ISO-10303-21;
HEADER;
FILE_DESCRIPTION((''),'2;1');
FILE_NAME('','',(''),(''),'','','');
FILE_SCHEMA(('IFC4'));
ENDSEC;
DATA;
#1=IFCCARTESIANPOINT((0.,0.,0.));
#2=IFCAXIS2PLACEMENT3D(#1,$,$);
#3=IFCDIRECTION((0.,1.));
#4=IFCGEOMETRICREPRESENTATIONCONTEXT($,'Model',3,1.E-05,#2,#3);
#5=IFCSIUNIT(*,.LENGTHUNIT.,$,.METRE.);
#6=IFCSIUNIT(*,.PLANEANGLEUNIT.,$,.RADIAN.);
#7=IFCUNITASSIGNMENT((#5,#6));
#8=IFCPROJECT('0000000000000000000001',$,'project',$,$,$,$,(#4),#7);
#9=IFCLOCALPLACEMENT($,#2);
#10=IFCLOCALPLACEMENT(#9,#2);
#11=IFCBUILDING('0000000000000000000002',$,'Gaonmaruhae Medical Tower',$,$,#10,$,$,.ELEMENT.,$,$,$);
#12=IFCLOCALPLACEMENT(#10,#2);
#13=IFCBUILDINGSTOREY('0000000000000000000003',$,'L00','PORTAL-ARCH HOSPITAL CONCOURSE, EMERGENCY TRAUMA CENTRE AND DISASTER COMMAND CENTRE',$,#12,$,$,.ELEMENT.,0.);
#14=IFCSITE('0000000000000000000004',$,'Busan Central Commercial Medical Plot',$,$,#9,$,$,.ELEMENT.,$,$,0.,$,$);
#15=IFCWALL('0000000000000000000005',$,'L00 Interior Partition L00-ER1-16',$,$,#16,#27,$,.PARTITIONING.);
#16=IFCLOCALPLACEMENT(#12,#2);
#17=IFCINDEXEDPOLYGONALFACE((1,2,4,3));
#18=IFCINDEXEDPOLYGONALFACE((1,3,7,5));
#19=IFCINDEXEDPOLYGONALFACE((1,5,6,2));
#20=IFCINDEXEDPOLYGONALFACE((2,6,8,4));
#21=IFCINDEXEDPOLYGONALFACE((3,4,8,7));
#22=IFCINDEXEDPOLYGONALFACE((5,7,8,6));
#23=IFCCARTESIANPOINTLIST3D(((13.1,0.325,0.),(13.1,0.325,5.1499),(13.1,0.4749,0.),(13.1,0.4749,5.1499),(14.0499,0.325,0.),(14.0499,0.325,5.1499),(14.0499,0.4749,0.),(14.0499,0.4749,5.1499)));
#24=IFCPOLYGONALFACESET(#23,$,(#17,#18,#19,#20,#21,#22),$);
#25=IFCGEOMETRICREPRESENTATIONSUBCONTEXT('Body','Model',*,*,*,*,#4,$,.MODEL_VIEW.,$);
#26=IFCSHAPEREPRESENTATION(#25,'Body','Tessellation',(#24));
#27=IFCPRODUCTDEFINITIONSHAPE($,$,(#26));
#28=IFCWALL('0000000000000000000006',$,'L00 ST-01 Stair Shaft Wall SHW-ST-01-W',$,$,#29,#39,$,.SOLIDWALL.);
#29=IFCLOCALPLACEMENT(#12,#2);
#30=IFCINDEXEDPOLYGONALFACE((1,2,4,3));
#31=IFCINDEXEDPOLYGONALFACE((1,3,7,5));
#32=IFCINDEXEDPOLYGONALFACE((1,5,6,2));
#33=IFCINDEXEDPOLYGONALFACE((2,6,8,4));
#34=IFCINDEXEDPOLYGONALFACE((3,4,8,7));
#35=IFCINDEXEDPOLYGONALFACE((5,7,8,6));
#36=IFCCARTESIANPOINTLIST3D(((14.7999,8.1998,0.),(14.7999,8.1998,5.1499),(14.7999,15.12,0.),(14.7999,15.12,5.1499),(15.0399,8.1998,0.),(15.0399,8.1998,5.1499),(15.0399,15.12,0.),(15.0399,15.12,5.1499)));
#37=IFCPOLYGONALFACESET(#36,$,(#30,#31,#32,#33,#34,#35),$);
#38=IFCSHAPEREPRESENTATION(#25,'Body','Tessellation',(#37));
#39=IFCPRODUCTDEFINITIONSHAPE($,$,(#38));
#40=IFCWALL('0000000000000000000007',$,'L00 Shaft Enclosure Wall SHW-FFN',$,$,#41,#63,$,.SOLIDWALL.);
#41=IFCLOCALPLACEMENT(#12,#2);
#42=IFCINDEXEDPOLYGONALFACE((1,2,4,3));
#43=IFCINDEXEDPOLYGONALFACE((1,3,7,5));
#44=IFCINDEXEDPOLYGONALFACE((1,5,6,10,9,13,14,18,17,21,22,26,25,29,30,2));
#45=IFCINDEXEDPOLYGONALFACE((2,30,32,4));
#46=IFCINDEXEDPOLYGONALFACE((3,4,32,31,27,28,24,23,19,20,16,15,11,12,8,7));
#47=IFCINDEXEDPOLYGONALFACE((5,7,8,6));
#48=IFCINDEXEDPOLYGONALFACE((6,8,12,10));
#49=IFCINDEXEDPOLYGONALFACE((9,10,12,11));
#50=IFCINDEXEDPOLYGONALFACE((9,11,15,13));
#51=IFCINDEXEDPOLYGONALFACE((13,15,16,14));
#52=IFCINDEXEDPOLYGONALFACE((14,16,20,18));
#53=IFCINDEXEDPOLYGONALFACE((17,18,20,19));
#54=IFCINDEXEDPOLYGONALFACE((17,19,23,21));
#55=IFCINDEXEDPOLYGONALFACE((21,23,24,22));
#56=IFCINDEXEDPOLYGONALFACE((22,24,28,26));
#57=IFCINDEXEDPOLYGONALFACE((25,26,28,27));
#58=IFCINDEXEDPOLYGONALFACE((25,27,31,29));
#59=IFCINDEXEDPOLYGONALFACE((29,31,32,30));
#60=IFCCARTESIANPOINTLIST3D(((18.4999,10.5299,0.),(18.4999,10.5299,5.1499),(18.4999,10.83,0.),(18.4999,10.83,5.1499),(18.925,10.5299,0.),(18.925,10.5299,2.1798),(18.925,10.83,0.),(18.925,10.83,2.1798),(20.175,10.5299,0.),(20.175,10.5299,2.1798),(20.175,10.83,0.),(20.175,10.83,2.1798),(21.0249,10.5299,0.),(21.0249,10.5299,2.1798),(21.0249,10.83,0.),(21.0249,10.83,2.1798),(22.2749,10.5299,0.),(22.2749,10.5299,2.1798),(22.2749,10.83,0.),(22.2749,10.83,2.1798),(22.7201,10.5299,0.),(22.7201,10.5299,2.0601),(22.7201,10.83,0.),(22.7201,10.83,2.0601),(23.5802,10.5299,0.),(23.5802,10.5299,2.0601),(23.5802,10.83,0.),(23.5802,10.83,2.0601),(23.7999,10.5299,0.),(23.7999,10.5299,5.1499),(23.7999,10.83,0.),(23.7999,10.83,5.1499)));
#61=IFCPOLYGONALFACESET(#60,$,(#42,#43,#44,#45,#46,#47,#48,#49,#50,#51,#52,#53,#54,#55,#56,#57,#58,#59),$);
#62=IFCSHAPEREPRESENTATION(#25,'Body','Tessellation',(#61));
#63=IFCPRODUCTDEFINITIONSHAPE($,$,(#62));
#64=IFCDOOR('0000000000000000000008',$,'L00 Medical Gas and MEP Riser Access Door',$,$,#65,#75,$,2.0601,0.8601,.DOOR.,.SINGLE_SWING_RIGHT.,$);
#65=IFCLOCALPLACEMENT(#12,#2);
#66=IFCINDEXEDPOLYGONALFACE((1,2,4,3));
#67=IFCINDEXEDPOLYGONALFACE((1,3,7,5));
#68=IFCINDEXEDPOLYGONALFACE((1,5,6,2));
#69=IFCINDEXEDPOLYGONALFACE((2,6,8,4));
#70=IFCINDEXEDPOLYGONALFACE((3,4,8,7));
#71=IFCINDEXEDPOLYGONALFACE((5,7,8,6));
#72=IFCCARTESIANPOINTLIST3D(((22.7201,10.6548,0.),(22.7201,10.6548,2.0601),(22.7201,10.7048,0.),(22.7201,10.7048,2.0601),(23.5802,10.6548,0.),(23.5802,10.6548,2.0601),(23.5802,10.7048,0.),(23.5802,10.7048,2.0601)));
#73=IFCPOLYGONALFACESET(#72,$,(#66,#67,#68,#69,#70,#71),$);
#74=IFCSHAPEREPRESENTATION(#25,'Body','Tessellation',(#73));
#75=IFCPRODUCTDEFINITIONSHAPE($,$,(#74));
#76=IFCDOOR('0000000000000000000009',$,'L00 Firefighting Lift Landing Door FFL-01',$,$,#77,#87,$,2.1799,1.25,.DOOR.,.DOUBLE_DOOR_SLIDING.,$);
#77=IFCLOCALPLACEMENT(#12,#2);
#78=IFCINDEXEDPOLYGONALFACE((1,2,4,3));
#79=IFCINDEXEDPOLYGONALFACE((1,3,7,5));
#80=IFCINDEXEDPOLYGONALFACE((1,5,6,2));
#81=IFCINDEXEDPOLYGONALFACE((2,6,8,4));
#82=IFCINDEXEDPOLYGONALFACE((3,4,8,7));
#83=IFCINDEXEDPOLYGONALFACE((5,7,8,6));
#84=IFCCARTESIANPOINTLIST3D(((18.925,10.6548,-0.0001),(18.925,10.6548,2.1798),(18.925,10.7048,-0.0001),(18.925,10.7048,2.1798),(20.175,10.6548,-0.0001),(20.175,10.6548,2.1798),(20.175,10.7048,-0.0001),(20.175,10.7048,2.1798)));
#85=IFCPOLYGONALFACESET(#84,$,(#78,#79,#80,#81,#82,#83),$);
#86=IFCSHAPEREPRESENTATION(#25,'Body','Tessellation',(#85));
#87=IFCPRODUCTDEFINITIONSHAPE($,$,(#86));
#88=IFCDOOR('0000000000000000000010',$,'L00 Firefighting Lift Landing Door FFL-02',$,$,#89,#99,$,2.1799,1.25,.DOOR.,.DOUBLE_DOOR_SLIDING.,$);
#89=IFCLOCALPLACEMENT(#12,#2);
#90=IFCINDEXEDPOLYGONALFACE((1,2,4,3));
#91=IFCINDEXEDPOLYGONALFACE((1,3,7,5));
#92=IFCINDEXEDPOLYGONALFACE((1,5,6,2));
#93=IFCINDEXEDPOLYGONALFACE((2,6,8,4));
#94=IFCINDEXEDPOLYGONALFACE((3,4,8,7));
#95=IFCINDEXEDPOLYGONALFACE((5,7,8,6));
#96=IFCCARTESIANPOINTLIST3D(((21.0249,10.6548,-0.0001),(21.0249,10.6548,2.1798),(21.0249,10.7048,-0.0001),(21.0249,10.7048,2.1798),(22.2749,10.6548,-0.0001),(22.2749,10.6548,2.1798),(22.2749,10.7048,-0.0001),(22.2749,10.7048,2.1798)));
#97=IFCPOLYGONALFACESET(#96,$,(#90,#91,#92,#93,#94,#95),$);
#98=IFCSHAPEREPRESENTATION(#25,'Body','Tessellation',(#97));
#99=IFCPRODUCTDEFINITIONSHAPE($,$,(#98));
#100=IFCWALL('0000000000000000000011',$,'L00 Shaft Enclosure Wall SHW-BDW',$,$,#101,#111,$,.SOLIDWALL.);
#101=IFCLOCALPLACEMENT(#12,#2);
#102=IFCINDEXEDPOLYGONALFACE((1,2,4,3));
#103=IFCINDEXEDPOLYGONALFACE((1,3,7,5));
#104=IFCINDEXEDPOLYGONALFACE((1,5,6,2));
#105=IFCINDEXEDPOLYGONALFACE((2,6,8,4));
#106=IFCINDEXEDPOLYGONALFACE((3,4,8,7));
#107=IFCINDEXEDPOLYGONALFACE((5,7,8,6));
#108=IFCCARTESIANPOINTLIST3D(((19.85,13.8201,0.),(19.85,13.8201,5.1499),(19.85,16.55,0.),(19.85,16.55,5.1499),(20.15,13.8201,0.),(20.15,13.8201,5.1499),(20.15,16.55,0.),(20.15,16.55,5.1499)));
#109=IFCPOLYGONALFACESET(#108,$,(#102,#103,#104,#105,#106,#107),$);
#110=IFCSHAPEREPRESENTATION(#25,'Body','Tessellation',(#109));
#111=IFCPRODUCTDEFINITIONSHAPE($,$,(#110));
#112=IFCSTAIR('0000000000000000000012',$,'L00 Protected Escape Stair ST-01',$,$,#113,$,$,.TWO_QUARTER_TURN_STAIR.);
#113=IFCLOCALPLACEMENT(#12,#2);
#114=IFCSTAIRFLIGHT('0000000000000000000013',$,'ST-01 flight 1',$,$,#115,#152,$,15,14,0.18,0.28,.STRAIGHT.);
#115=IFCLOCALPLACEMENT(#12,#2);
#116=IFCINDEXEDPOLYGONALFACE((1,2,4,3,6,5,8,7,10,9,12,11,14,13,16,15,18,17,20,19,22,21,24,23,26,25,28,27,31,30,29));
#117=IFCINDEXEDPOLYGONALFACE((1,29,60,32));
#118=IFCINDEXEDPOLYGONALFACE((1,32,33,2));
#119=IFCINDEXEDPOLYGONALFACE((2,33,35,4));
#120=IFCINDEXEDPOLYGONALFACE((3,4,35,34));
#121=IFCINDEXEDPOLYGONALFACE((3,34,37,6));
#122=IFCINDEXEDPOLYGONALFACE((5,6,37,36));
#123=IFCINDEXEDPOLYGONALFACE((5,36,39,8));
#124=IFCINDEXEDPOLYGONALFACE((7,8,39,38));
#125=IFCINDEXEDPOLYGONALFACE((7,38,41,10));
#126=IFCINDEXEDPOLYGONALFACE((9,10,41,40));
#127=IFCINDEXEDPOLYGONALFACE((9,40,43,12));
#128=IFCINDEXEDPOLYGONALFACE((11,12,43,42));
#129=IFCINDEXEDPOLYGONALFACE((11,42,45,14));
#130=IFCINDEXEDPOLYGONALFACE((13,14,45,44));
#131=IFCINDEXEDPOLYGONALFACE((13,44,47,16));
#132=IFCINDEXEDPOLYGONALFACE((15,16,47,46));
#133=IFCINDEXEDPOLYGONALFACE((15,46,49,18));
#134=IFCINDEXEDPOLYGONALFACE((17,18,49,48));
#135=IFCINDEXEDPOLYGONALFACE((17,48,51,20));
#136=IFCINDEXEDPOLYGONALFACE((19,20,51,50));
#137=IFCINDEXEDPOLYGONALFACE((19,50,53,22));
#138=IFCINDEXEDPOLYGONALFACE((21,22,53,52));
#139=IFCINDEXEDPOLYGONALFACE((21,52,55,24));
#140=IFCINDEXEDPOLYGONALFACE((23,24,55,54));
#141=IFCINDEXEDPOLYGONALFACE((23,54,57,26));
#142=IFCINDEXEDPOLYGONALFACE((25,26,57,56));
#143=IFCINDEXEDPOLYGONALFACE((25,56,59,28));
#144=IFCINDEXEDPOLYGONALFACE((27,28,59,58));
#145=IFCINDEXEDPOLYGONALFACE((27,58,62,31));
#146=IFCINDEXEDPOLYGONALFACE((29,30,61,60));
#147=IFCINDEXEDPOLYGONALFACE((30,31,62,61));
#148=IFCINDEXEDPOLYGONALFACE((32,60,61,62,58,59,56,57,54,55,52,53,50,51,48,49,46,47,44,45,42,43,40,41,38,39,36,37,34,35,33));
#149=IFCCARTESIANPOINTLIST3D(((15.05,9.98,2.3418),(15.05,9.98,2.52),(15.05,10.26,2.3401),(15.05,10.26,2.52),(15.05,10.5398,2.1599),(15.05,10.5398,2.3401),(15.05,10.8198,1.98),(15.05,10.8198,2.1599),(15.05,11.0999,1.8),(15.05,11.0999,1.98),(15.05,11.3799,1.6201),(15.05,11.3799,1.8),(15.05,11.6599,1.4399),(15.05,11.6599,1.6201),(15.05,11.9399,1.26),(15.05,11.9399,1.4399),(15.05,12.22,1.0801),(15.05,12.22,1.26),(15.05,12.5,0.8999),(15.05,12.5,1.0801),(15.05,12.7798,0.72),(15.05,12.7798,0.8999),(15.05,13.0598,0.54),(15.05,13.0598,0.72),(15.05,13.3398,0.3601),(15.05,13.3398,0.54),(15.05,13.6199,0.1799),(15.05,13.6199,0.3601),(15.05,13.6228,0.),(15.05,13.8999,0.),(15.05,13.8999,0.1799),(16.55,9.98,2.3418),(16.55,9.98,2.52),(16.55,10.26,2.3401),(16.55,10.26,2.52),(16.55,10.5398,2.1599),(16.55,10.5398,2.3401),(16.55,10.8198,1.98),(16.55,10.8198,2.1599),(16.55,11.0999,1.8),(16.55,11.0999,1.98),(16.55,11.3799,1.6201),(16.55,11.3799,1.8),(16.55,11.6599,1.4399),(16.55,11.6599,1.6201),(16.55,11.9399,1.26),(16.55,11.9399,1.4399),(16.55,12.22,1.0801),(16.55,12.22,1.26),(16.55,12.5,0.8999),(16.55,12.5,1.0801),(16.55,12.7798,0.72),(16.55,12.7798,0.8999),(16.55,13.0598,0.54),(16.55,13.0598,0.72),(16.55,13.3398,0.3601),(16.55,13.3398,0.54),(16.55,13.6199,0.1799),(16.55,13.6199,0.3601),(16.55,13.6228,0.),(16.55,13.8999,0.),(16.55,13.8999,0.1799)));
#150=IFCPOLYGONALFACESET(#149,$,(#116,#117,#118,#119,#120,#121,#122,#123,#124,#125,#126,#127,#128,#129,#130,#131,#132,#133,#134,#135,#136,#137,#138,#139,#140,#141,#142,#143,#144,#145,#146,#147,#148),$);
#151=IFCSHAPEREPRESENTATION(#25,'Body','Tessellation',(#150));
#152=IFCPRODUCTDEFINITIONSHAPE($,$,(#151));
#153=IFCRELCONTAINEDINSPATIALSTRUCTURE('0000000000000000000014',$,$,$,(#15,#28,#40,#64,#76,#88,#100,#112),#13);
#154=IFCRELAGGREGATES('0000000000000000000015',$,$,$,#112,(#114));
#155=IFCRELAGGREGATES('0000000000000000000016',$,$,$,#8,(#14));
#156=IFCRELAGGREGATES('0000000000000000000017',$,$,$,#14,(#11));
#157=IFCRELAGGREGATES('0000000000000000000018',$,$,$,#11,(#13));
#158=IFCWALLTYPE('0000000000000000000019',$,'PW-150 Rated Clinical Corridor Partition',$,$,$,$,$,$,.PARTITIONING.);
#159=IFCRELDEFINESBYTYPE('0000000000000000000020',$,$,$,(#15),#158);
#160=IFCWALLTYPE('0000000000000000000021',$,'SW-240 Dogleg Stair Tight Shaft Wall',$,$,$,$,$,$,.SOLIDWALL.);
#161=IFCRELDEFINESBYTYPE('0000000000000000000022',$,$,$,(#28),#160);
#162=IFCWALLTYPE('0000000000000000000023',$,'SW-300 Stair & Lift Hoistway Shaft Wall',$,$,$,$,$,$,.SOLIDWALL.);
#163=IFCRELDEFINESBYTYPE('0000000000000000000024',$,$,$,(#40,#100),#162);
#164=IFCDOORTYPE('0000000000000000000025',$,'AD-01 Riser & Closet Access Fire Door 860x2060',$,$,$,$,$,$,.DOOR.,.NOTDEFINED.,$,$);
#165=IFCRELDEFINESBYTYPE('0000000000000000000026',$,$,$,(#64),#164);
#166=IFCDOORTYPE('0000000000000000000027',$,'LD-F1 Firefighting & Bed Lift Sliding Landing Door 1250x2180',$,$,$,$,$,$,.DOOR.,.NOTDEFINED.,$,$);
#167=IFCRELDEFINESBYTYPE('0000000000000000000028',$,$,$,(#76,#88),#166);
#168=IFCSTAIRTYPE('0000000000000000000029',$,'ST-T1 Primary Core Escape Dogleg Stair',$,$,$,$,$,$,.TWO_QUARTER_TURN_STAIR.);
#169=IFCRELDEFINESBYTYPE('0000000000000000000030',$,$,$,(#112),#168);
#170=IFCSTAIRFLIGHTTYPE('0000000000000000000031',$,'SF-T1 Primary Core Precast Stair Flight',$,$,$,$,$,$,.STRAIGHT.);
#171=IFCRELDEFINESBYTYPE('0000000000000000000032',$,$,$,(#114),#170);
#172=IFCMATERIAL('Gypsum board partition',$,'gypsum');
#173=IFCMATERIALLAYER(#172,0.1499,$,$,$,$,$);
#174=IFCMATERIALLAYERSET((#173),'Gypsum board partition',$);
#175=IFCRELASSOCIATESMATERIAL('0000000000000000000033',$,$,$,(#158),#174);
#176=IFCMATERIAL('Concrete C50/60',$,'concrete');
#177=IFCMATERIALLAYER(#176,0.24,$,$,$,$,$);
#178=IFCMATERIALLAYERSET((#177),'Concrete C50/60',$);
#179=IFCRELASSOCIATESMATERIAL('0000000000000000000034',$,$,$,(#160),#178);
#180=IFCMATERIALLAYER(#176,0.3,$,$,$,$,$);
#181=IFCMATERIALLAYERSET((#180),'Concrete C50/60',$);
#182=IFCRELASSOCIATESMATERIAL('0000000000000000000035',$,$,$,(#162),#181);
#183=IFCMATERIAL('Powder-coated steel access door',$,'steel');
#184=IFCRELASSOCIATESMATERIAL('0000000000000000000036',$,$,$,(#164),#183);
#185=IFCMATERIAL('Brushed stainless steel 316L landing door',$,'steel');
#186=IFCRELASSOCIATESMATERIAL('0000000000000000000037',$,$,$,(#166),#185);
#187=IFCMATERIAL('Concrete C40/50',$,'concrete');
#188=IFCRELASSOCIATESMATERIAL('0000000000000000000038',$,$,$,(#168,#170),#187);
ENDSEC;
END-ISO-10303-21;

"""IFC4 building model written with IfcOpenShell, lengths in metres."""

from ifc_helpers import new_model, si_unit, direction, frame, frame_2d, origin, place, context, subcontext, project, spatial, polyline, rectangle, outline, extrude, material, layer, layer_set, type_object, element, fill, aggregate, save


model = new_model("IFC4")

# Units and contexts
model_context = context("Model", 3, precision=1e-05, world=origin(), true_north=direction((0.0, 1.0)))
body_context = subcontext(model_context, "Body", "Model", "MODEL_VIEW")
ifc_project = project(units=[si_unit("LENGTHUNIT", "METRE"), si_unit("PLANEANGLEUNIT", "RADIAN")], contexts=[model_context])

# Site, building, storey
site_placement = place(None, origin())
site = spatial("IfcSite", under=ifc_project, at=site_placement, Name="Busan Central Commercial Medical Plot", CompositionType="ELEMENT", RefElevation=0.0)
building_placement = place(site_placement, origin())
building = spatial("IfcBuilding", under=site, at=building_placement, Name="Gaonmaruhae Medical Tower", CompositionType="ELEMENT")
storey_placement = place(building_placement, origin())
storey = spatial("IfcBuildingStorey", under=building, at=storey_placement, Name="L00", Description="PORTAL-ARCH HOSPITAL CONCOURSE, EMERGENCY TRAUMA CENTRE AND DISASTER COMMAND CENTRE", CompositionType="ELEMENT", Elevation=0.0)

# Shared definitions
ifc_material_1 = material(Name="Concrete C50/60", Category="concrete")

# Shared definitions
ifc_material_2 = material(Name="Gypsum board partition", Category="gypsum")
ifc_layer_1 = layer(ifc_material_2, 0.1499)
ifc_layer_set_1 = layer_set([ifc_layer_1], Name="Gypsum board partition")
wall_type_1 = type_object("IfcWallType", Name="PW-150 Rated Clinical Corridor Partition", PredefinedType="PARTITIONING", material=ifc_layer_set_1)

# Walls
wall_1_placement = place(storey_placement, frame((14.05, 0.3999, 0.0), z_axis=(0.0, 0.0, 1.0), x_axis=(-1.0, 0.0, 0.0)))
element("IfcWall", 1, at=wall_1_placement, inside=storey, type_object=wall_type_1, Name="L00 Interior Partition L00-ER1-16", PredefinedType="PARTITIONING", context=body_context, shape_type="SweptSolid", body=[
    extrude(rectangle(XDim=0.95, YDim=0.1499, at=frame_2d((0.4751, 0.0))), origin(), (0.0, 0.0, 1.0), 5.1499),
])
ifc_layer_2 = layer(ifc_material_1, 0.24)
ifc_layer_set_2 = layer_set([ifc_layer_2], Name="Concrete C50/60")
wall_type_2 = type_object("IfcWallType", Name="SW-240 Dogleg Stair Tight Shaft Wall", PredefinedType="SOLIDWALL", material=ifc_layer_set_2)
wall_2_placement = place(storey_placement, frame((14.9199, 8.2, 0.0), z_axis=(0.0, 0.0, 1.0), x_axis=(0.0, 1.0, 0.0)))
element("IfcWall", 2, at=wall_2_placement, inside=storey, type_object=wall_type_2, Name="L00 ST-01 Stair Shaft Wall SHW-ST-01-W", PredefinedType="SOLIDWALL", context=body_context, shape_type="SweptSolid", body=[
    extrude(rectangle(XDim=6.9202, YDim=0.24, at=frame_2d((3.46, 0.0))), origin(), (0.0, 0.0, 1.0), 5.1499),
])

# Wall, openings, doors
ifc_layer_3 = layer(ifc_material_1, 0.3)
ifc_layer_set_3 = layer_set([ifc_layer_3], Name="Concrete C50/60")
wall_type_3 = type_object("IfcWallType", Name="SW-300 Stair & Lift Hoistway Shaft Wall", PredefinedType="SOLIDWALL", material=ifc_layer_set_3)
wall_3_placement = place(storey_placement, frame((18.5, 10.6799, 0.0), z_axis=(0.0, 0.0, 1.0), x_axis=(1.0, 0.0, 0.0)))
wall_3 = element("IfcWall", 3, at=wall_3_placement, inside=storey, type_object=wall_type_3, Name="L00 Shaft Enclosure Wall SHW-FFN", PredefinedType="SOLIDWALL", context=body_context, shape_type="SweptSolid", body=[
    extrude(rectangle(XDim=5.3, YDim=0.3, at=frame_2d((2.6499, 0.0))), origin(), (0.0, 0.0, 1.0), 5.1499),
])
opening_1_placement = place(wall_3_placement, frame((4.22, 0.0, 0.0)))
opening_1 = element("IfcOpeningElement", 4, at=opening_1_placement, cuts=wall_3, PredefinedType="OPENING", context=body_context, shape_type="SweptSolid", body=[
    extrude(rectangle(XDim=0.8601, YDim=2.0601, at=frame_2d((0.4302, 1.03))), frame((0.0, 0.1602, 0.0), z_axis=(0.0, -1.0, 0.0), x_axis=(1.0, 0.0, 0.0)), (0.0, 0.0, 1.0), 0.3201),
])
opening_2_placement = place(wall_3_placement, frame((0.425, 0.0, 0.0)))
opening_2 = element("IfcOpeningElement", 5, at=opening_2_placement, cuts=wall_3, PredefinedType="OPENING", context=body_context, shape_type="SweptSolid", body=[
    extrude(rectangle(XDim=1.25, YDim=2.1799, at=frame_2d((0.625, 1.0898))), frame((0.0, 0.1602, 0.0), z_axis=(0.0, -1.0, 0.0), x_axis=(1.0, 0.0, 0.0)), (0.0, 0.0, 1.0), 0.3201),
])
opening_3_placement = place(wall_3_placement, frame((2.5249, 0.0, 0.0)))
opening_3 = element("IfcOpeningElement", 6, at=opening_3_placement, cuts=wall_3, PredefinedType="OPENING", context=body_context, shape_type="SweptSolid", body=[
    extrude(rectangle(XDim=1.25, YDim=2.1799, at=frame_2d((0.625, 1.0898))), frame((0.0, 0.1602, 0.0), z_axis=(0.0, -1.0, 0.0), x_axis=(1.0, 0.0, 0.0)), (0.0, 0.0, 1.0), 0.3201),
])
ifc_material_3 = material(Name="Powder-coated steel access door", Category="steel")
door_type_1 = type_object("IfcDoorType", Name="AD-01 Riser & Closet Access Fire Door 860x2060", OperationType="NOTDEFINED", PredefinedType="DOOR", material=ifc_material_3)
door_1_placement = place(opening_1_placement, origin())
door_1 = element("IfcDoor", 7, at=door_1_placement, inside=storey, type_object=door_type_1, Name="L00 Medical Gas and MEP Riser Access Door", OperationType="SINGLE_SWING_RIGHT", OverallHeight=2.0601, OverallWidth=0.8601, PredefinedType="DOOR", context=body_context, shape_type="SweptSolid", body=[
    extrude(rectangle(XDim=0.8601, YDim=2.0601, at=frame_2d((0.4302, 1.03))), frame((0.0, 0.0249, 0.0), z_axis=(0.0, -1.0, 0.0), x_axis=(1.0, 0.0, 0.0)), (0.0, 0.0, 1.0), 0.05),
])
fill(opening_1, door_1)
ifc_material_4 = material(Name="Brushed stainless steel 316L landing door", Category="steel")
door_type_2 = type_object("IfcDoorType", Name="LD-F1 Firefighting & Bed Lift Sliding Landing Door 1250x2180", OperationType="NOTDEFINED", PredefinedType="DOOR", material=ifc_material_4)
door_2_placement = place(opening_2_placement, origin())
door_2 = element("IfcDoor", 8, at=door_2_placement, inside=storey, type_object=door_type_2, Name="L00 Firefighting Lift Landing Door FFL-01", OperationType="DOUBLE_DOOR_SLIDING", OverallHeight=2.1799, OverallWidth=1.25, PredefinedType="DOOR", context=body_context, shape_type="SweptSolid", body=[
    extrude(rectangle(XDim=1.25, YDim=2.1799, at=frame_2d((0.625, 1.0898))), frame((0.0, 0.0249, 0.0), z_axis=(0.0, -1.0, 0.0), x_axis=(1.0, 0.0, 0.0)), (0.0, 0.0, 1.0), 0.05),
])
fill(opening_2, door_2)
door_3_placement = place(opening_3_placement, origin())
door_3 = element("IfcDoor", 9, at=door_3_placement, inside=storey, type_object=door_type_2, Name="L00 Firefighting Lift Landing Door FFL-02", OperationType="DOUBLE_DOOR_SLIDING", OverallHeight=2.1799, OverallWidth=1.25, PredefinedType="DOOR", context=body_context, shape_type="SweptSolid", body=[
    extrude(rectangle(XDim=1.25, YDim=2.1799, at=frame_2d((0.625, 1.0898))), frame((0.0, 0.0249, 0.0), z_axis=(0.0, -1.0, 0.0), x_axis=(1.0, 0.0, 0.0)), (0.0, 0.0, 1.0), 0.05),
])
fill(opening_3, door_3)

# Wall
wall_4_placement = place(storey_placement, frame((20.0, 13.8201, 0.0), z_axis=(0.0, 0.0, 1.0), x_axis=(0.0, 1.0, 0.0)))
element("IfcWall", 10, at=wall_4_placement, inside=storey, type_object=wall_type_3, Name="L00 Shaft Enclosure Wall SHW-BDW", PredefinedType="SOLIDWALL", context=body_context, shape_type="SweptSolid", body=[
    extrude(rectangle(XDim=2.73, YDim=0.3, at=frame_2d((1.365, 0.0))), origin(), (0.0, 0.0, 1.0), 5.1499),
])

# Stair, stair flight
ifc_material_5 = material(Name="Concrete C40/50", Category="concrete")
stair_type = type_object("IfcStairType", Name="ST-T1 Primary Core Escape Dogleg Stair", PredefinedType="TWO_QUARTER_TURN_STAIR", material=ifc_material_5)
stair_placement = place(storey_placement, origin())
stair = element("IfcStair", 11, at=stair_placement, inside=storey, type_object=stair_type, Name="L00 Protected Escape Stair ST-01", PredefinedType="TWO_QUARTER_TURN_STAIR")
stair_flight_type = type_object("IfcStairFlightType", Name="SF-T1 Primary Core Precast Stair Flight", PredefinedType="STRAIGHT", material=ifc_material_5)
stair_flight_1_placement = place(storey_placement, frame((15.8, 13.8999, 0.0), z_axis=(0.0, 0.0, 1.0), x_axis=(0.0, -1.0, 0.0)))
stair_flight_1 = element("IfcStairFlight", 12, at=stair_flight_1_placement, type_object=stair_flight_type, Name="ST-01 flight 1", NumberOfRisers=15, NumberOfTreads=14, PredefinedType="STRAIGHT", RiserHeight=0.18, TreadLength=0.28, context=body_context, shape_type="SweptSolid", body=[
    extrude(outline(polyline([(0.0, 0.0), (0.0, 0.1799), (0.28, 0.1799), (0.28, 0.3601), (0.5601, 0.3601), (0.5601, 0.54), (0.8401, 0.54), (0.8401, 0.72), (1.1201, 0.72), (1.1201, 0.8999), (1.3999, 0.8999), (1.3999, 1.0801), (1.6799, 1.0801), (1.6799, 1.26), (1.96, 1.26), (1.96, 1.4399), (2.24, 1.4399), (2.24, 1.6201), (2.52, 1.6201), (2.52, 1.8), (2.8, 1.8), (2.8, 1.98), (3.0801, 1.98), (3.0801, 2.1599), (3.3601, 2.1599), (3.3601, 2.3401), (3.6399, 2.3401), (3.6399, 2.52), (3.9199, 2.52), (3.9199, 2.7), (3.9199, 2.3418), (0.2771, 0.0), (0.0, 0.0)])), frame((0.0, 0.75, 0.0), z_axis=(0.0, -1.0, 0.0), x_axis=(1.0, 0.0, 0.0)), (0.0, 0.0, 1.0), 1.5),
])
aggregate(stair, [stair_flight_1])

save(model, "model.ifc")
